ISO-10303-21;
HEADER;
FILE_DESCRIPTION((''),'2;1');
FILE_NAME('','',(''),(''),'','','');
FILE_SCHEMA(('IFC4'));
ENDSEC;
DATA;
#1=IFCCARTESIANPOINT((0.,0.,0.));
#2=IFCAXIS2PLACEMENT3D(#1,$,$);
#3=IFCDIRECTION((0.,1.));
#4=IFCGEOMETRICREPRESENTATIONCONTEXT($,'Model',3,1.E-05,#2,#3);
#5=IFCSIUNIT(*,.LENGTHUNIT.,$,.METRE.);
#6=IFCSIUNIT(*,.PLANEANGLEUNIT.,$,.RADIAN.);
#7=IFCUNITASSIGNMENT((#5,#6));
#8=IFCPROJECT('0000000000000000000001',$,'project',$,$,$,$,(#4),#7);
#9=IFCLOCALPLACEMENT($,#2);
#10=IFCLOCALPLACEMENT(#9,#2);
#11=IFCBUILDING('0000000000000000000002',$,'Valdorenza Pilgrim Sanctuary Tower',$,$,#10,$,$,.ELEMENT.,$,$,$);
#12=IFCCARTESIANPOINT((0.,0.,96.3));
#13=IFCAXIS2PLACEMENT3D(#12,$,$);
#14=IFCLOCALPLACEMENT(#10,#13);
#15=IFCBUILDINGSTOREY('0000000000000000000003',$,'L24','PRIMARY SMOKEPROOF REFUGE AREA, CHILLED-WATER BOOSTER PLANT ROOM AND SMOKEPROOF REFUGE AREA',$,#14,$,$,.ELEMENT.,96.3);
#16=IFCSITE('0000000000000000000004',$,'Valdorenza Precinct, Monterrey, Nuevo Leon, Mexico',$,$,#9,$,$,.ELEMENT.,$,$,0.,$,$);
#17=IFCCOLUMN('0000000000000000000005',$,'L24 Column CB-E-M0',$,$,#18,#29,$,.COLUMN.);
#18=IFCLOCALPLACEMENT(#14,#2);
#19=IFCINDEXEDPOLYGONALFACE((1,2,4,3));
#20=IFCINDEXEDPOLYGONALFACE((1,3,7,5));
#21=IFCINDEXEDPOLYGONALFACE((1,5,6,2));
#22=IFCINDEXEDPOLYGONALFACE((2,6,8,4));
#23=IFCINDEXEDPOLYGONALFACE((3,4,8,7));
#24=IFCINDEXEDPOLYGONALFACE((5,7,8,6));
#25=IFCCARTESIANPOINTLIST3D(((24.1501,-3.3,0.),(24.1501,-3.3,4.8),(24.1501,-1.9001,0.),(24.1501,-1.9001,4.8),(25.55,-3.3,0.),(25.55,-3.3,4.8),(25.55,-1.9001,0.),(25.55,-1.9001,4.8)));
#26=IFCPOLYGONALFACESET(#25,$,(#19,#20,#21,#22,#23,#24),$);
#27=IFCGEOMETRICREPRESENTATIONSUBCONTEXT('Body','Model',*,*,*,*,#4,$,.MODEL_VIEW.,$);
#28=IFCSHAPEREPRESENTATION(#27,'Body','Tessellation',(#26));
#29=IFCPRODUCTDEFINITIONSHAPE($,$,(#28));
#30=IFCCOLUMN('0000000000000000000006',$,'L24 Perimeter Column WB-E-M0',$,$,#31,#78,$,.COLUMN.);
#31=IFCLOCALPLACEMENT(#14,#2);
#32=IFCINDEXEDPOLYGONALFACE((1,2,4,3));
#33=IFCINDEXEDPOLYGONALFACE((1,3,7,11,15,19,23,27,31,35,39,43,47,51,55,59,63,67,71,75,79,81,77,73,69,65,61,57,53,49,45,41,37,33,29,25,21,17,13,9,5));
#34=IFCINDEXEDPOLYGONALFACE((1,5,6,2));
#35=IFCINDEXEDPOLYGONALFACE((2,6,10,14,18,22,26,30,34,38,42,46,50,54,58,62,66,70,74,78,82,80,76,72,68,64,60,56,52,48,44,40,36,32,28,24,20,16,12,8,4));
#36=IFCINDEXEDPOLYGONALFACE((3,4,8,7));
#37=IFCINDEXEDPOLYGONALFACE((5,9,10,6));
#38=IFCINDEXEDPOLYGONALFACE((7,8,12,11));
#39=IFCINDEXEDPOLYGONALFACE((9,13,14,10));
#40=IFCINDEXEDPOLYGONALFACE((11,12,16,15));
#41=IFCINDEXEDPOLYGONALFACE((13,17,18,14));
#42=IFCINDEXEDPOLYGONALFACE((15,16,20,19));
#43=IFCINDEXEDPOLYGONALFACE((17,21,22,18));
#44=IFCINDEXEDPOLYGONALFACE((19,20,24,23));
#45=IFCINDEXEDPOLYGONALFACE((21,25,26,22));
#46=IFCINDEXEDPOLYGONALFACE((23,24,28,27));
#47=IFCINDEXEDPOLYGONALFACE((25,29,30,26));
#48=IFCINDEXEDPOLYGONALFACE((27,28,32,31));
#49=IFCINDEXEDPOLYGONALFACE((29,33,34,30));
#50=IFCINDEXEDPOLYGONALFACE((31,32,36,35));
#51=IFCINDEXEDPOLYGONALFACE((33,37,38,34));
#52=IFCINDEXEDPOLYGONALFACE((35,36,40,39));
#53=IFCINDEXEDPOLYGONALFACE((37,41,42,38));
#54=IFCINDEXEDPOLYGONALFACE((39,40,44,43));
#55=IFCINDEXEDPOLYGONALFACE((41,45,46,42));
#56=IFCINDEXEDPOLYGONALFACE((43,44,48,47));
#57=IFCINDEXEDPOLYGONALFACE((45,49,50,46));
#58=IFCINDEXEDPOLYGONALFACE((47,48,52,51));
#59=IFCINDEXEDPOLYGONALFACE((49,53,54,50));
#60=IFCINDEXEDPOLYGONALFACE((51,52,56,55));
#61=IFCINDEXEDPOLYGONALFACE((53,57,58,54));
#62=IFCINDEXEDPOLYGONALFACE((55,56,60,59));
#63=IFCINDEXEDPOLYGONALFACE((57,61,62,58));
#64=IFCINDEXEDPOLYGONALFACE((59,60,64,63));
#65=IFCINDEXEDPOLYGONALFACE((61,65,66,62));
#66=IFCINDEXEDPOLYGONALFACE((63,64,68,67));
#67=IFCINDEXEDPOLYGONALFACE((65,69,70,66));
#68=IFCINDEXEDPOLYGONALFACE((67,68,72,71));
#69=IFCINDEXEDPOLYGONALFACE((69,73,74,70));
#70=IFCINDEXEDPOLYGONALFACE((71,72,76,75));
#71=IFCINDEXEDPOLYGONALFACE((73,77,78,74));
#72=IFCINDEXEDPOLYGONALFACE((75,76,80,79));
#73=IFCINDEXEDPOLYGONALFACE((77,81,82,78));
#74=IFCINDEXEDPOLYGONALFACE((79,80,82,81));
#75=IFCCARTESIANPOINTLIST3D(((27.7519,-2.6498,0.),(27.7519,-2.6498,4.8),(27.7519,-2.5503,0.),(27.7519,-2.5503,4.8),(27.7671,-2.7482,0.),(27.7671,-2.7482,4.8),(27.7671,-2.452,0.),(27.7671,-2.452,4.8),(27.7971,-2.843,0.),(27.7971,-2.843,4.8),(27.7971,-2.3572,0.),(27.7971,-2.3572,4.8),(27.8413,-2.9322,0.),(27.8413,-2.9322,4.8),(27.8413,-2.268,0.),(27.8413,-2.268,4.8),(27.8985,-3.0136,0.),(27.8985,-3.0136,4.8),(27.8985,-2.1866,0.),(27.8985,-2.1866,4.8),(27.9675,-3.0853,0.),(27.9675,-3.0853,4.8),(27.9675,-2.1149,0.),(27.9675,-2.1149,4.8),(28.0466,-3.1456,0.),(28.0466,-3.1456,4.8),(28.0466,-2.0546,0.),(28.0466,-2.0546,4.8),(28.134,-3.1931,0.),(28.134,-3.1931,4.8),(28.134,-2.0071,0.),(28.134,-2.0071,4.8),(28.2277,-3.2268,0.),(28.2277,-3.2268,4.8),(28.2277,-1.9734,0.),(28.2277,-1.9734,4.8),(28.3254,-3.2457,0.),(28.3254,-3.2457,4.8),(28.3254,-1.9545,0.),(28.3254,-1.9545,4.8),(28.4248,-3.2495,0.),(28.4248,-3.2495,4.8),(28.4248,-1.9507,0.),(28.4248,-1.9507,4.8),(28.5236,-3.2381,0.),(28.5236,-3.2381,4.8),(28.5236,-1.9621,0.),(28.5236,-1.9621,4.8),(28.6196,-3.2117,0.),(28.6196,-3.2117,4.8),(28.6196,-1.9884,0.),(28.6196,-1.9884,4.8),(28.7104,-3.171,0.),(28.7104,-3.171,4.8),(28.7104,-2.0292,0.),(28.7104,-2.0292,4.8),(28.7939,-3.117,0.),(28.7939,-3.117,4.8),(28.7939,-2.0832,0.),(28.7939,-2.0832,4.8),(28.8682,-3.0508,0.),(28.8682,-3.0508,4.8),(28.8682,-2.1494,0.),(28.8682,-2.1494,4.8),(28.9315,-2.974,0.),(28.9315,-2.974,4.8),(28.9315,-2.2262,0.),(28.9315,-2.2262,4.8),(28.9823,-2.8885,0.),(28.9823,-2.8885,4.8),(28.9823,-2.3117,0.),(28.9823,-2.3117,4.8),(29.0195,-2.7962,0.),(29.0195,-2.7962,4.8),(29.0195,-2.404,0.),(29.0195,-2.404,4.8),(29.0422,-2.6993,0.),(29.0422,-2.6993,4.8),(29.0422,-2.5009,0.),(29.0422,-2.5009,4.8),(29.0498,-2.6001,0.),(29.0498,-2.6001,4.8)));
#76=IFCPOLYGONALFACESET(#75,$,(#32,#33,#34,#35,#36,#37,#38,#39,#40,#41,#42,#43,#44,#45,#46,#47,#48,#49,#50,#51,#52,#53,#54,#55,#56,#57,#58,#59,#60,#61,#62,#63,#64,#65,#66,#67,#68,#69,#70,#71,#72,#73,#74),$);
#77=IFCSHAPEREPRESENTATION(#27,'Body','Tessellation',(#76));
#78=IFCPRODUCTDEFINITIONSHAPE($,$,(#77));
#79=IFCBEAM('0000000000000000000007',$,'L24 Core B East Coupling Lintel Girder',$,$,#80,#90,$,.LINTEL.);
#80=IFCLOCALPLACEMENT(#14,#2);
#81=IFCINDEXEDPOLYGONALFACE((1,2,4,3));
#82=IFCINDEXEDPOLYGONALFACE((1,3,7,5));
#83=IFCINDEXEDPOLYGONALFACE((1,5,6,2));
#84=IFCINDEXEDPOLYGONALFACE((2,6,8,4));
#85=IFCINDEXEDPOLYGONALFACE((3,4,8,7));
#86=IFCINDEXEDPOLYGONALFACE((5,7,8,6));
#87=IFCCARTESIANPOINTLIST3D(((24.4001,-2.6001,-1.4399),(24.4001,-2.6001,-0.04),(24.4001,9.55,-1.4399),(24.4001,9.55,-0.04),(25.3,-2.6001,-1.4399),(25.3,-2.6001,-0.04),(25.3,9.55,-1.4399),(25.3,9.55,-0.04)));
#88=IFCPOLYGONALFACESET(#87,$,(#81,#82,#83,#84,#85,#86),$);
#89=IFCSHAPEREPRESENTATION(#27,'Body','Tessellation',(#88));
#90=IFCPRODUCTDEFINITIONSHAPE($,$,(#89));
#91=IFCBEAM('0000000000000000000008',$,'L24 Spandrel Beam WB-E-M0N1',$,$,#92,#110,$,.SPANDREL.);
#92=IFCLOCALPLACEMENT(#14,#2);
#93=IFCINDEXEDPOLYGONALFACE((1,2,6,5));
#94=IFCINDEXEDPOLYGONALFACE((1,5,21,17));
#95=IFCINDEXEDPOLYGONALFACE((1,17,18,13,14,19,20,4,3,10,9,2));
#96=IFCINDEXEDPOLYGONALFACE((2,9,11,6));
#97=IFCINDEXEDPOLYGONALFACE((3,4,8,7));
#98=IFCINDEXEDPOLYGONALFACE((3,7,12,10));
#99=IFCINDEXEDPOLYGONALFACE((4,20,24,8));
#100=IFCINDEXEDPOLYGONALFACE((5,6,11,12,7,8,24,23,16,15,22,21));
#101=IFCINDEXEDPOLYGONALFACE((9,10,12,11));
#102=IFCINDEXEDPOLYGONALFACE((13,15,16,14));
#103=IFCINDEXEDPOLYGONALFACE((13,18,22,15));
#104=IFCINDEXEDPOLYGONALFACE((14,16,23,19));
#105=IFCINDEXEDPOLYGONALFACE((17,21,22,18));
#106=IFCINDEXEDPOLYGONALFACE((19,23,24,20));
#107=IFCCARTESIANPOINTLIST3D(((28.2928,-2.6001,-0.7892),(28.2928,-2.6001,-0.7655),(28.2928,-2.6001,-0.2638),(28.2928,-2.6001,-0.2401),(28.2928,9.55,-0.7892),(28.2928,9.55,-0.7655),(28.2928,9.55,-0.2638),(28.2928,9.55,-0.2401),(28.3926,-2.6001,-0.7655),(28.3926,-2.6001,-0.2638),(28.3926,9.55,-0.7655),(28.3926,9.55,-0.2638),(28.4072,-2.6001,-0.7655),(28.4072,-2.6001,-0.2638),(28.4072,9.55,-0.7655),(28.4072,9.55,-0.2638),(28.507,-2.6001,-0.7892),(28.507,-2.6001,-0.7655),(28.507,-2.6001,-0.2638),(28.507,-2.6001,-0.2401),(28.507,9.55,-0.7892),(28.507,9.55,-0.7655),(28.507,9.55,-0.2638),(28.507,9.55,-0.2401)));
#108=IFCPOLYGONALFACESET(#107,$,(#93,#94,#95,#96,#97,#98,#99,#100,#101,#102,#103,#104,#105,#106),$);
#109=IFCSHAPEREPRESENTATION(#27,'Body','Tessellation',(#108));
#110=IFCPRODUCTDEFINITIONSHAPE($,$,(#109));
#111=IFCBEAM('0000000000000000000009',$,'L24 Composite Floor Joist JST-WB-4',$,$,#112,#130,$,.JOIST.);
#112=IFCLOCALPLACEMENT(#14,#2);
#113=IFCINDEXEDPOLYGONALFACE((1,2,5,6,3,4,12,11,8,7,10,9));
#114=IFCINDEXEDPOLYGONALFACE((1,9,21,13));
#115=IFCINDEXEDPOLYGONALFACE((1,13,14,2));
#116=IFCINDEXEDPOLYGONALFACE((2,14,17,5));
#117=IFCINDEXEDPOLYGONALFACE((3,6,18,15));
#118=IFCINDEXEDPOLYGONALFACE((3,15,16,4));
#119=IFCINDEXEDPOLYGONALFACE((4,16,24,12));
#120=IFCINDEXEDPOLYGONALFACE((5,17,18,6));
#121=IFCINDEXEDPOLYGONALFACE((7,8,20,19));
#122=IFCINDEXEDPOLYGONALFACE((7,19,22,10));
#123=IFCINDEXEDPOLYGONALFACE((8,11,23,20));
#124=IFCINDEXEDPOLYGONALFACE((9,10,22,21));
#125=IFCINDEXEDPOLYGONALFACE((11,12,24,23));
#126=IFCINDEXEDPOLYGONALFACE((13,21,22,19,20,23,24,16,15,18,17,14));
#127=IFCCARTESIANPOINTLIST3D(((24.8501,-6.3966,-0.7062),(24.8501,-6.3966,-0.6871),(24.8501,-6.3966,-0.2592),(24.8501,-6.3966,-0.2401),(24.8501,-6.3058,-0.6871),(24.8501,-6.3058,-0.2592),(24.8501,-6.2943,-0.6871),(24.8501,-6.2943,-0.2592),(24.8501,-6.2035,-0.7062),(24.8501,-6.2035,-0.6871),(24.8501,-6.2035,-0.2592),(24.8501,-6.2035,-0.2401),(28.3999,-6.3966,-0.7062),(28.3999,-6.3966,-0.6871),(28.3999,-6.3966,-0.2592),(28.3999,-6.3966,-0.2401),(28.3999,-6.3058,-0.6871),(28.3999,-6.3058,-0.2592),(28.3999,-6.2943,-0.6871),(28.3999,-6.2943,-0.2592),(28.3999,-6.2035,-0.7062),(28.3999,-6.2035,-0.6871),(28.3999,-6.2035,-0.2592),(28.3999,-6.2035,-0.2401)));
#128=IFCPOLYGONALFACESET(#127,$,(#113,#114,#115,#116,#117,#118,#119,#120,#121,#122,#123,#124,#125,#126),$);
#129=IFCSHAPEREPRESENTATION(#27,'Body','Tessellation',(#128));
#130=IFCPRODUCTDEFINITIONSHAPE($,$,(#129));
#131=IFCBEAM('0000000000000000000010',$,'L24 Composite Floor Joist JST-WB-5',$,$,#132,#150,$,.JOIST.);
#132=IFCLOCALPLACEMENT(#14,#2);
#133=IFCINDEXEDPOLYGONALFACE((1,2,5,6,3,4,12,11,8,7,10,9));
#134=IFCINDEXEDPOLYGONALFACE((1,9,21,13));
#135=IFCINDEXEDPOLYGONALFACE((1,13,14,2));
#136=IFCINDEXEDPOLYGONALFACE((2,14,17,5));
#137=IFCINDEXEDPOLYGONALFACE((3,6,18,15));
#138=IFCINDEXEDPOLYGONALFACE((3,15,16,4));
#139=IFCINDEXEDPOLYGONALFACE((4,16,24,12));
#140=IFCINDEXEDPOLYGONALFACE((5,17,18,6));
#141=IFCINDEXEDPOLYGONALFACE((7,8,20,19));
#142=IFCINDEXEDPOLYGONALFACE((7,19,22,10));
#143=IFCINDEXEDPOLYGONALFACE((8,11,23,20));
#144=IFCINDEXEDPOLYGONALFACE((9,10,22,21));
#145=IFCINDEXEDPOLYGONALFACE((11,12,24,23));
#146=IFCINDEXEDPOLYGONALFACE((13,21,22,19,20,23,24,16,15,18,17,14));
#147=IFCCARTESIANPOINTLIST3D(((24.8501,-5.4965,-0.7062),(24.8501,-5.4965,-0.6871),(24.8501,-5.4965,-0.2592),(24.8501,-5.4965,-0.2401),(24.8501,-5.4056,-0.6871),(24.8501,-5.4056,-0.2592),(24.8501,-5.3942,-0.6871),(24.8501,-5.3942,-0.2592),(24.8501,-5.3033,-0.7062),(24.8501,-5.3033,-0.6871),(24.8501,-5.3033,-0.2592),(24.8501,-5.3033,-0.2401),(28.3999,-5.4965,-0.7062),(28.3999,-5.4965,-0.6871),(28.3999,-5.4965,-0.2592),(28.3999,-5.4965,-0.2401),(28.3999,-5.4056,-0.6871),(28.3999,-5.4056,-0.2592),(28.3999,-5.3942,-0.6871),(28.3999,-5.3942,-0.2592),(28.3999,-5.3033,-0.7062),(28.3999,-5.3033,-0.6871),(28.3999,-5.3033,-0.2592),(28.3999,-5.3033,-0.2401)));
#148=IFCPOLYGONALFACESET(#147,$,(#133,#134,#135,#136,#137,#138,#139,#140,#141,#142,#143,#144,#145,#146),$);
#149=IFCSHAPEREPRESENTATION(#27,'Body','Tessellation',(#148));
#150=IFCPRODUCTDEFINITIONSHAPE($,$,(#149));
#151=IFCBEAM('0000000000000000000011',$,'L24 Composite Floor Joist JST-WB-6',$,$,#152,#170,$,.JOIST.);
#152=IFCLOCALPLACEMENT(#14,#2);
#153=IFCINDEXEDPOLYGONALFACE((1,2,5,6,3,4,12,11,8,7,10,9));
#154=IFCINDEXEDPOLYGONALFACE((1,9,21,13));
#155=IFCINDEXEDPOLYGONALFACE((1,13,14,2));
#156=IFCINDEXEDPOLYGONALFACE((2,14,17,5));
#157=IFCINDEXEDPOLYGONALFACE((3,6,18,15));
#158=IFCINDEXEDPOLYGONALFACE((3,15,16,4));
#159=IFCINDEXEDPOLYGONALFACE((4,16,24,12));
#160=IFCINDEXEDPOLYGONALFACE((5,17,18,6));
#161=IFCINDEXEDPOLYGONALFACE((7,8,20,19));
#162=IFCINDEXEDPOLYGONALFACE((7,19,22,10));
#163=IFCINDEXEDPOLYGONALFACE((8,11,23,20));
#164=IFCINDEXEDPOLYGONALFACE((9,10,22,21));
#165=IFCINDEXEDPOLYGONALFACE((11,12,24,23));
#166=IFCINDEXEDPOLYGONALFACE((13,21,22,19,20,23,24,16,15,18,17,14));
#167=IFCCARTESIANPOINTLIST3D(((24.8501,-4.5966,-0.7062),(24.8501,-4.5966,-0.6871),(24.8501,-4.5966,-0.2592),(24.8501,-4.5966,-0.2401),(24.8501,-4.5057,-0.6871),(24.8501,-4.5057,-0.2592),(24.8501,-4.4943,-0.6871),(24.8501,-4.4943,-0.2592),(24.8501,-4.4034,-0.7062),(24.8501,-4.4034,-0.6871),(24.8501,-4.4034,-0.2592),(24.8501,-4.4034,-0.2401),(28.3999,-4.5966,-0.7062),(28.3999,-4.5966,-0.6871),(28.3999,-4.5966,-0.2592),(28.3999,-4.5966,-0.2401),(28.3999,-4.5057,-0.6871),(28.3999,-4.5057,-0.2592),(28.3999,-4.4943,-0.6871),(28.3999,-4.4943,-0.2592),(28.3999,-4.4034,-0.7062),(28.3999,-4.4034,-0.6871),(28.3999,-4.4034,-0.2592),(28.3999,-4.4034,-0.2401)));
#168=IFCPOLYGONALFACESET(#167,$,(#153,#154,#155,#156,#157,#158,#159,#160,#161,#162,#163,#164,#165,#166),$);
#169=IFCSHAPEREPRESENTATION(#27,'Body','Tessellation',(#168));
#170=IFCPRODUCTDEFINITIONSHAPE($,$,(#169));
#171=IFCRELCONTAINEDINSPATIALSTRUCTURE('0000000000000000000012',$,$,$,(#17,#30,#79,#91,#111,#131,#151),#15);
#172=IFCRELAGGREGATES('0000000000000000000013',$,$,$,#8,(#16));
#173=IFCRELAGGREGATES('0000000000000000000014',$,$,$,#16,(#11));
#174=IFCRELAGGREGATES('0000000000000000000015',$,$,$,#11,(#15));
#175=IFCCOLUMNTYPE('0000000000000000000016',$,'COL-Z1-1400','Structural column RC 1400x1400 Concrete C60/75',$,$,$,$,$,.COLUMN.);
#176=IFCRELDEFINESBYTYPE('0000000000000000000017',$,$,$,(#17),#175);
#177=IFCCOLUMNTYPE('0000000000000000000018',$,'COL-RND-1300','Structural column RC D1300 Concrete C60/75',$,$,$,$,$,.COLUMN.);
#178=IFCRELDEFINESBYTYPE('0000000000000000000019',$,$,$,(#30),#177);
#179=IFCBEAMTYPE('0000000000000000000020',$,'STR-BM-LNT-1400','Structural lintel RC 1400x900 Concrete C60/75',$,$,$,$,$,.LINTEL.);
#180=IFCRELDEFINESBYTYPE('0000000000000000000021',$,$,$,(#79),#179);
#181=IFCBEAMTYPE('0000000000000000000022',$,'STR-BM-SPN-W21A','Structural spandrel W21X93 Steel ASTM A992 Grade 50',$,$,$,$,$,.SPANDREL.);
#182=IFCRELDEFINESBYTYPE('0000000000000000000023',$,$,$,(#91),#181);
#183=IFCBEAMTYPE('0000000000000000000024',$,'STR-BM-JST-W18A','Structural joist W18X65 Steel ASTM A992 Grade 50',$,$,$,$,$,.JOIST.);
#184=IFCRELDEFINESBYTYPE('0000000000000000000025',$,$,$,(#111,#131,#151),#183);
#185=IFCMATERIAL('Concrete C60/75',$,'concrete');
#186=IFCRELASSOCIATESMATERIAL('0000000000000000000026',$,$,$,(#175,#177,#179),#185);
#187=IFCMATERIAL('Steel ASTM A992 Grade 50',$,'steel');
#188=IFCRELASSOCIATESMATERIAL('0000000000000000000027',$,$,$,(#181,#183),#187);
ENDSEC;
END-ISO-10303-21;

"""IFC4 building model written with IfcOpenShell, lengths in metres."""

from ifc_helpers import new_model, si_unit, direction, frame, origin, origin_2d, place, context, subcontext, project, spatial, rectangle, circle, i_section, extrude, source, transform, mapped, material, material_profile, profile_set, type_object, element, save


model = new_model("IFC4")

# Units and contexts
model_context = context("Model", 3, precision=1e-05, world=origin(), true_north=direction((0.0, 1.0)))
body_context = subcontext(model_context, "Body", "Model", "MODEL_VIEW")
ifc_project = project(units=[si_unit("LENGTHUNIT", "METRE"), si_unit("PLANEANGLEUNIT", "RADIAN")], contexts=[model_context])

# Site, building, storey
site_placement = place(None, origin())
site = spatial("IfcSite", under=ifc_project, at=site_placement, Name="Valdorenza Precinct, Monterrey, Nuevo Leon, Mexico", CompositionType="ELEMENT", RefElevation=0.0)
building_placement = place(site_placement, origin())
building = spatial("IfcBuilding", under=site, at=building_placement, Name="Valdorenza Pilgrim Sanctuary Tower", CompositionType="ELEMENT")
storey_placement = place(building_placement, frame((0.0, 0.0, 96.3)))
storey = spatial("IfcBuildingStorey", under=building, at=storey_placement, Name="L24", Description="PRIMARY SMOKEPROOF REFUGE AREA, CHILLED-WATER BOOSTER PLANT ROOM AND SMOKEPROOF REFUGE AREA", CompositionType="ELEMENT", Elevation=96.3)

# Columns
ifc_material_1 = material(Name="Concrete C60/75", Category="concrete")
ifc_material_profile_1 = material_profile(ifc_material_1, rectangle(XDim=1.3999, YDim=1.3999, at=origin_2d()), Name="RC 1400x1400")
ifc_profile_set_1 = profile_set([ifc_material_profile_1], Name="Concrete C60/75")
column_type_1 = type_object("IfcColumnType", Name="COL-Z1-1400", Description="Structural column RC 1400x1400 Concrete C60/75", PredefinedType="COLUMN", material=ifc_profile_set_1)
shared_shape_1 = source(origin(), body_context, "Body", "SweptSolid", [
    extrude(rectangle(XDim=1.3999, YDim=1.3999, at=origin_2d()), origin(), (0.0, 0.0, 1.0), 4.8),
])
column_1_placement = place(storey_placement, frame((24.8501, -2.6001, 0.0), z_axis=(0.0, 0.0, 1.0), x_axis=(1.0, 0.0, 0.0)))
element("IfcColumn", 1, at=column_1_placement, inside=storey, type_object=column_type_1, Name="L24 Column CB-E-M0", PredefinedType="COLUMN", context=body_context, shape_type="MappedRepresentation", body=[
    mapped(shared_shape_1, transform((0.0, 0.0, 0.0), x_axis=(1.0, 0.0, 0.0), y_axis=(0.0, 1.0, 0.0), z_axis=(0.0, 0.0, 1.0), scale=1.0)),
])
ifc_material_profile_2 = material_profile(ifc_material_1, circle(Radius=0.6499, at=origin_2d()), Name="RC D1300")
ifc_profile_set_2 = profile_set([ifc_material_profile_2], Name="Concrete C60/75")
column_type_2 = type_object("IfcColumnType", Name="COL-RND-1300", Description="Structural column RC D1300 Concrete C60/75", PredefinedType="COLUMN", material=ifc_profile_set_2)
shared_shape_2 = source(origin(), body_context, "Body", "SweptSolid", [
    extrude(circle(Radius=0.6499, at=origin_2d()), origin(), (0.0, 0.0, 1.0), 4.8),
])
column_2_placement = place(storey_placement, frame((28.3999, -2.6001, 0.0), z_axis=(0.0, 0.0, 1.0), x_axis=(1.0, 0.0, 0.0)))
element("IfcColumn", 2, at=column_2_placement, inside=storey, type_object=column_type_2, Name="L24 Perimeter Column WB-E-M0", PredefinedType="COLUMN", context=body_context, shape_type="MappedRepresentation", body=[
    mapped(shared_shape_2, transform((0.0, 0.0, 0.0), x_axis=(1.0, 0.0, 0.0), y_axis=(0.0, 1.0, 0.0), z_axis=(0.0, 0.0, 1.0), scale=1.0)),
])

# Beams
ifc_material_profile_3 = material_profile(ifc_material_1, rectangle(XDim=0.8999, YDim=1.3999, at=origin_2d()), Name="RC 1400x900")
ifc_profile_set_3 = profile_set([ifc_material_profile_3], Name="Concrete C60/75")
beam_type_1 = type_object("IfcBeamType", Name="STR-BM-LNT-1400", Description="Structural lintel RC 1400x900 Concrete C60/75", PredefinedType="LINTEL", material=ifc_profile_set_3)
shared_shape_3 = source(origin(), body_context, "Body", "SweptSolid", [
    extrude(rectangle(XDim=0.8999, YDim=1.3999, at=origin_2d()), origin(), (0.0, 0.0, 1.0), 12.1501),
])
beam_1_placement = place(storey_placement, frame((24.8501, -2.6001, -0.74), z_axis=(0.0, 1.0, 0.0), x_axis=(-1.0, 0.0, 0.0)))
element("IfcBeam", 3, at=beam_1_placement, inside=storey, type_object=beam_type_1, Name="L24 Core B East Coupling Lintel Girder", PredefinedType="LINTEL", context=body_context, shape_type="MappedRepresentation", body=[
    mapped(shared_shape_3, transform((0.0, 0.0, 0.0), x_axis=(1.0, 0.0, 0.0), y_axis=(0.0, 1.0, 0.0), z_axis=(0.0, 0.0, 1.0), scale=1.0)),
])
ifc_material_2 = material(Name="Steel ASTM A992 Grade 50", Category="steel")
ifc_material_profile_4 = material_profile(ifc_material_2, i_section(OverallWidth=0.2141, OverallDepth=0.5491, WebThickness=0.0146, FlangeThickness=0.0237, at=origin_2d()), Name="W21X93")
ifc_profile_set_4 = profile_set([ifc_material_profile_4], Name="Steel ASTM A992 Grade 50")
beam_type_2 = type_object("IfcBeamType", Name="STR-BM-SPN-W21A", Description="Structural spandrel W21X93 Steel ASTM A992 Grade 50", PredefinedType="SPANDREL", material=ifc_profile_set_4)
shared_shape_4 = source(origin(), body_context, "Body", "SweptSolid", [
    extrude(i_section(OverallWidth=0.2141, OverallDepth=0.5491, WebThickness=0.0146, FlangeThickness=0.0237, at=origin_2d()), origin(), (0.0, 0.0, 1.0), 12.1501),
])
beam_2_placement = place(storey_placement, frame((28.3999, -2.6001, -0.5146), z_axis=(0.0, 1.0, 0.0), x_axis=(-1.0, 0.0, 0.0)))
element("IfcBeam", 4, at=beam_2_placement, inside=storey, type_object=beam_type_2, Name="L24 Spandrel Beam WB-E-M0N1", PredefinedType="SPANDREL", context=body_context, shape_type="MappedRepresentation", body=[
    mapped(shared_shape_4, transform((0.0, 0.0, 0.0), x_axis=(1.0, 0.0, 0.0), y_axis=(0.0, 1.0, 0.0), z_axis=(0.0, 0.0, 1.0), scale=1.0)),
])
ifc_material_profile_5 = material_profile(ifc_material_2, i_section(OverallWidth=0.1931, OverallDepth=0.4661, WebThickness=0.0115, FlangeThickness=0.019, at=origin_2d()), Name="W18X65")
ifc_profile_set_5 = profile_set([ifc_material_profile_5], Name="Steel ASTM A992 Grade 50")
beam_type_3 = type_object("IfcBeamType", Name="STR-BM-JST-W18A", Description="Structural joist W18X65 Steel ASTM A992 Grade 50", PredefinedType="JOIST", material=ifc_profile_set_5)
shared_shape_5 = source(origin(), body_context, "Body", "SweptSolid", [
    extrude(i_section(OverallWidth=0.1931, OverallDepth=0.4661, WebThickness=0.0115, FlangeThickness=0.019, at=origin_2d()), origin(), (0.0, 0.0, 1.0), 3.5498),
])
for number, where, z_axis, x_axis, name in (
    (5, (24.8501, -6.3, -0.4731), (1.0, 0.0, 0.0), (0.0, 1.0, 0.0), "L24 Composite Floor Joist JST-WB-4"),
    (6, (24.8501, -5.3999, -0.4731), (1.0, 0.0, 0.0), (0.0, 1.0, 0.0), "L24 Composite Floor Joist JST-WB-5"),
    (7, (24.8501, -4.5, -0.4731), (1.0, 0.0, 0.0), (0.0, 1.0, 0.0), "L24 Composite Floor Joist JST-WB-6"),
):
    element("IfcBeam", number, at=place(storey_placement, frame(where, z_axis=z_axis, x_axis=x_axis)), inside=storey, type_object=beam_type_3, Name=name, PredefinedType="JOIST", context=body_context, shape_type="MappedRepresentation", body=[
        mapped(shared_shape_5, transform((0.0, 0.0, 0.0), x_axis=(1.0, 0.0, 0.0), y_axis=(0.0, 1.0, 0.0), z_axis=(0.0, 0.0, 1.0), scale=1.0)),
    ])

save(model, "model.ifc")
